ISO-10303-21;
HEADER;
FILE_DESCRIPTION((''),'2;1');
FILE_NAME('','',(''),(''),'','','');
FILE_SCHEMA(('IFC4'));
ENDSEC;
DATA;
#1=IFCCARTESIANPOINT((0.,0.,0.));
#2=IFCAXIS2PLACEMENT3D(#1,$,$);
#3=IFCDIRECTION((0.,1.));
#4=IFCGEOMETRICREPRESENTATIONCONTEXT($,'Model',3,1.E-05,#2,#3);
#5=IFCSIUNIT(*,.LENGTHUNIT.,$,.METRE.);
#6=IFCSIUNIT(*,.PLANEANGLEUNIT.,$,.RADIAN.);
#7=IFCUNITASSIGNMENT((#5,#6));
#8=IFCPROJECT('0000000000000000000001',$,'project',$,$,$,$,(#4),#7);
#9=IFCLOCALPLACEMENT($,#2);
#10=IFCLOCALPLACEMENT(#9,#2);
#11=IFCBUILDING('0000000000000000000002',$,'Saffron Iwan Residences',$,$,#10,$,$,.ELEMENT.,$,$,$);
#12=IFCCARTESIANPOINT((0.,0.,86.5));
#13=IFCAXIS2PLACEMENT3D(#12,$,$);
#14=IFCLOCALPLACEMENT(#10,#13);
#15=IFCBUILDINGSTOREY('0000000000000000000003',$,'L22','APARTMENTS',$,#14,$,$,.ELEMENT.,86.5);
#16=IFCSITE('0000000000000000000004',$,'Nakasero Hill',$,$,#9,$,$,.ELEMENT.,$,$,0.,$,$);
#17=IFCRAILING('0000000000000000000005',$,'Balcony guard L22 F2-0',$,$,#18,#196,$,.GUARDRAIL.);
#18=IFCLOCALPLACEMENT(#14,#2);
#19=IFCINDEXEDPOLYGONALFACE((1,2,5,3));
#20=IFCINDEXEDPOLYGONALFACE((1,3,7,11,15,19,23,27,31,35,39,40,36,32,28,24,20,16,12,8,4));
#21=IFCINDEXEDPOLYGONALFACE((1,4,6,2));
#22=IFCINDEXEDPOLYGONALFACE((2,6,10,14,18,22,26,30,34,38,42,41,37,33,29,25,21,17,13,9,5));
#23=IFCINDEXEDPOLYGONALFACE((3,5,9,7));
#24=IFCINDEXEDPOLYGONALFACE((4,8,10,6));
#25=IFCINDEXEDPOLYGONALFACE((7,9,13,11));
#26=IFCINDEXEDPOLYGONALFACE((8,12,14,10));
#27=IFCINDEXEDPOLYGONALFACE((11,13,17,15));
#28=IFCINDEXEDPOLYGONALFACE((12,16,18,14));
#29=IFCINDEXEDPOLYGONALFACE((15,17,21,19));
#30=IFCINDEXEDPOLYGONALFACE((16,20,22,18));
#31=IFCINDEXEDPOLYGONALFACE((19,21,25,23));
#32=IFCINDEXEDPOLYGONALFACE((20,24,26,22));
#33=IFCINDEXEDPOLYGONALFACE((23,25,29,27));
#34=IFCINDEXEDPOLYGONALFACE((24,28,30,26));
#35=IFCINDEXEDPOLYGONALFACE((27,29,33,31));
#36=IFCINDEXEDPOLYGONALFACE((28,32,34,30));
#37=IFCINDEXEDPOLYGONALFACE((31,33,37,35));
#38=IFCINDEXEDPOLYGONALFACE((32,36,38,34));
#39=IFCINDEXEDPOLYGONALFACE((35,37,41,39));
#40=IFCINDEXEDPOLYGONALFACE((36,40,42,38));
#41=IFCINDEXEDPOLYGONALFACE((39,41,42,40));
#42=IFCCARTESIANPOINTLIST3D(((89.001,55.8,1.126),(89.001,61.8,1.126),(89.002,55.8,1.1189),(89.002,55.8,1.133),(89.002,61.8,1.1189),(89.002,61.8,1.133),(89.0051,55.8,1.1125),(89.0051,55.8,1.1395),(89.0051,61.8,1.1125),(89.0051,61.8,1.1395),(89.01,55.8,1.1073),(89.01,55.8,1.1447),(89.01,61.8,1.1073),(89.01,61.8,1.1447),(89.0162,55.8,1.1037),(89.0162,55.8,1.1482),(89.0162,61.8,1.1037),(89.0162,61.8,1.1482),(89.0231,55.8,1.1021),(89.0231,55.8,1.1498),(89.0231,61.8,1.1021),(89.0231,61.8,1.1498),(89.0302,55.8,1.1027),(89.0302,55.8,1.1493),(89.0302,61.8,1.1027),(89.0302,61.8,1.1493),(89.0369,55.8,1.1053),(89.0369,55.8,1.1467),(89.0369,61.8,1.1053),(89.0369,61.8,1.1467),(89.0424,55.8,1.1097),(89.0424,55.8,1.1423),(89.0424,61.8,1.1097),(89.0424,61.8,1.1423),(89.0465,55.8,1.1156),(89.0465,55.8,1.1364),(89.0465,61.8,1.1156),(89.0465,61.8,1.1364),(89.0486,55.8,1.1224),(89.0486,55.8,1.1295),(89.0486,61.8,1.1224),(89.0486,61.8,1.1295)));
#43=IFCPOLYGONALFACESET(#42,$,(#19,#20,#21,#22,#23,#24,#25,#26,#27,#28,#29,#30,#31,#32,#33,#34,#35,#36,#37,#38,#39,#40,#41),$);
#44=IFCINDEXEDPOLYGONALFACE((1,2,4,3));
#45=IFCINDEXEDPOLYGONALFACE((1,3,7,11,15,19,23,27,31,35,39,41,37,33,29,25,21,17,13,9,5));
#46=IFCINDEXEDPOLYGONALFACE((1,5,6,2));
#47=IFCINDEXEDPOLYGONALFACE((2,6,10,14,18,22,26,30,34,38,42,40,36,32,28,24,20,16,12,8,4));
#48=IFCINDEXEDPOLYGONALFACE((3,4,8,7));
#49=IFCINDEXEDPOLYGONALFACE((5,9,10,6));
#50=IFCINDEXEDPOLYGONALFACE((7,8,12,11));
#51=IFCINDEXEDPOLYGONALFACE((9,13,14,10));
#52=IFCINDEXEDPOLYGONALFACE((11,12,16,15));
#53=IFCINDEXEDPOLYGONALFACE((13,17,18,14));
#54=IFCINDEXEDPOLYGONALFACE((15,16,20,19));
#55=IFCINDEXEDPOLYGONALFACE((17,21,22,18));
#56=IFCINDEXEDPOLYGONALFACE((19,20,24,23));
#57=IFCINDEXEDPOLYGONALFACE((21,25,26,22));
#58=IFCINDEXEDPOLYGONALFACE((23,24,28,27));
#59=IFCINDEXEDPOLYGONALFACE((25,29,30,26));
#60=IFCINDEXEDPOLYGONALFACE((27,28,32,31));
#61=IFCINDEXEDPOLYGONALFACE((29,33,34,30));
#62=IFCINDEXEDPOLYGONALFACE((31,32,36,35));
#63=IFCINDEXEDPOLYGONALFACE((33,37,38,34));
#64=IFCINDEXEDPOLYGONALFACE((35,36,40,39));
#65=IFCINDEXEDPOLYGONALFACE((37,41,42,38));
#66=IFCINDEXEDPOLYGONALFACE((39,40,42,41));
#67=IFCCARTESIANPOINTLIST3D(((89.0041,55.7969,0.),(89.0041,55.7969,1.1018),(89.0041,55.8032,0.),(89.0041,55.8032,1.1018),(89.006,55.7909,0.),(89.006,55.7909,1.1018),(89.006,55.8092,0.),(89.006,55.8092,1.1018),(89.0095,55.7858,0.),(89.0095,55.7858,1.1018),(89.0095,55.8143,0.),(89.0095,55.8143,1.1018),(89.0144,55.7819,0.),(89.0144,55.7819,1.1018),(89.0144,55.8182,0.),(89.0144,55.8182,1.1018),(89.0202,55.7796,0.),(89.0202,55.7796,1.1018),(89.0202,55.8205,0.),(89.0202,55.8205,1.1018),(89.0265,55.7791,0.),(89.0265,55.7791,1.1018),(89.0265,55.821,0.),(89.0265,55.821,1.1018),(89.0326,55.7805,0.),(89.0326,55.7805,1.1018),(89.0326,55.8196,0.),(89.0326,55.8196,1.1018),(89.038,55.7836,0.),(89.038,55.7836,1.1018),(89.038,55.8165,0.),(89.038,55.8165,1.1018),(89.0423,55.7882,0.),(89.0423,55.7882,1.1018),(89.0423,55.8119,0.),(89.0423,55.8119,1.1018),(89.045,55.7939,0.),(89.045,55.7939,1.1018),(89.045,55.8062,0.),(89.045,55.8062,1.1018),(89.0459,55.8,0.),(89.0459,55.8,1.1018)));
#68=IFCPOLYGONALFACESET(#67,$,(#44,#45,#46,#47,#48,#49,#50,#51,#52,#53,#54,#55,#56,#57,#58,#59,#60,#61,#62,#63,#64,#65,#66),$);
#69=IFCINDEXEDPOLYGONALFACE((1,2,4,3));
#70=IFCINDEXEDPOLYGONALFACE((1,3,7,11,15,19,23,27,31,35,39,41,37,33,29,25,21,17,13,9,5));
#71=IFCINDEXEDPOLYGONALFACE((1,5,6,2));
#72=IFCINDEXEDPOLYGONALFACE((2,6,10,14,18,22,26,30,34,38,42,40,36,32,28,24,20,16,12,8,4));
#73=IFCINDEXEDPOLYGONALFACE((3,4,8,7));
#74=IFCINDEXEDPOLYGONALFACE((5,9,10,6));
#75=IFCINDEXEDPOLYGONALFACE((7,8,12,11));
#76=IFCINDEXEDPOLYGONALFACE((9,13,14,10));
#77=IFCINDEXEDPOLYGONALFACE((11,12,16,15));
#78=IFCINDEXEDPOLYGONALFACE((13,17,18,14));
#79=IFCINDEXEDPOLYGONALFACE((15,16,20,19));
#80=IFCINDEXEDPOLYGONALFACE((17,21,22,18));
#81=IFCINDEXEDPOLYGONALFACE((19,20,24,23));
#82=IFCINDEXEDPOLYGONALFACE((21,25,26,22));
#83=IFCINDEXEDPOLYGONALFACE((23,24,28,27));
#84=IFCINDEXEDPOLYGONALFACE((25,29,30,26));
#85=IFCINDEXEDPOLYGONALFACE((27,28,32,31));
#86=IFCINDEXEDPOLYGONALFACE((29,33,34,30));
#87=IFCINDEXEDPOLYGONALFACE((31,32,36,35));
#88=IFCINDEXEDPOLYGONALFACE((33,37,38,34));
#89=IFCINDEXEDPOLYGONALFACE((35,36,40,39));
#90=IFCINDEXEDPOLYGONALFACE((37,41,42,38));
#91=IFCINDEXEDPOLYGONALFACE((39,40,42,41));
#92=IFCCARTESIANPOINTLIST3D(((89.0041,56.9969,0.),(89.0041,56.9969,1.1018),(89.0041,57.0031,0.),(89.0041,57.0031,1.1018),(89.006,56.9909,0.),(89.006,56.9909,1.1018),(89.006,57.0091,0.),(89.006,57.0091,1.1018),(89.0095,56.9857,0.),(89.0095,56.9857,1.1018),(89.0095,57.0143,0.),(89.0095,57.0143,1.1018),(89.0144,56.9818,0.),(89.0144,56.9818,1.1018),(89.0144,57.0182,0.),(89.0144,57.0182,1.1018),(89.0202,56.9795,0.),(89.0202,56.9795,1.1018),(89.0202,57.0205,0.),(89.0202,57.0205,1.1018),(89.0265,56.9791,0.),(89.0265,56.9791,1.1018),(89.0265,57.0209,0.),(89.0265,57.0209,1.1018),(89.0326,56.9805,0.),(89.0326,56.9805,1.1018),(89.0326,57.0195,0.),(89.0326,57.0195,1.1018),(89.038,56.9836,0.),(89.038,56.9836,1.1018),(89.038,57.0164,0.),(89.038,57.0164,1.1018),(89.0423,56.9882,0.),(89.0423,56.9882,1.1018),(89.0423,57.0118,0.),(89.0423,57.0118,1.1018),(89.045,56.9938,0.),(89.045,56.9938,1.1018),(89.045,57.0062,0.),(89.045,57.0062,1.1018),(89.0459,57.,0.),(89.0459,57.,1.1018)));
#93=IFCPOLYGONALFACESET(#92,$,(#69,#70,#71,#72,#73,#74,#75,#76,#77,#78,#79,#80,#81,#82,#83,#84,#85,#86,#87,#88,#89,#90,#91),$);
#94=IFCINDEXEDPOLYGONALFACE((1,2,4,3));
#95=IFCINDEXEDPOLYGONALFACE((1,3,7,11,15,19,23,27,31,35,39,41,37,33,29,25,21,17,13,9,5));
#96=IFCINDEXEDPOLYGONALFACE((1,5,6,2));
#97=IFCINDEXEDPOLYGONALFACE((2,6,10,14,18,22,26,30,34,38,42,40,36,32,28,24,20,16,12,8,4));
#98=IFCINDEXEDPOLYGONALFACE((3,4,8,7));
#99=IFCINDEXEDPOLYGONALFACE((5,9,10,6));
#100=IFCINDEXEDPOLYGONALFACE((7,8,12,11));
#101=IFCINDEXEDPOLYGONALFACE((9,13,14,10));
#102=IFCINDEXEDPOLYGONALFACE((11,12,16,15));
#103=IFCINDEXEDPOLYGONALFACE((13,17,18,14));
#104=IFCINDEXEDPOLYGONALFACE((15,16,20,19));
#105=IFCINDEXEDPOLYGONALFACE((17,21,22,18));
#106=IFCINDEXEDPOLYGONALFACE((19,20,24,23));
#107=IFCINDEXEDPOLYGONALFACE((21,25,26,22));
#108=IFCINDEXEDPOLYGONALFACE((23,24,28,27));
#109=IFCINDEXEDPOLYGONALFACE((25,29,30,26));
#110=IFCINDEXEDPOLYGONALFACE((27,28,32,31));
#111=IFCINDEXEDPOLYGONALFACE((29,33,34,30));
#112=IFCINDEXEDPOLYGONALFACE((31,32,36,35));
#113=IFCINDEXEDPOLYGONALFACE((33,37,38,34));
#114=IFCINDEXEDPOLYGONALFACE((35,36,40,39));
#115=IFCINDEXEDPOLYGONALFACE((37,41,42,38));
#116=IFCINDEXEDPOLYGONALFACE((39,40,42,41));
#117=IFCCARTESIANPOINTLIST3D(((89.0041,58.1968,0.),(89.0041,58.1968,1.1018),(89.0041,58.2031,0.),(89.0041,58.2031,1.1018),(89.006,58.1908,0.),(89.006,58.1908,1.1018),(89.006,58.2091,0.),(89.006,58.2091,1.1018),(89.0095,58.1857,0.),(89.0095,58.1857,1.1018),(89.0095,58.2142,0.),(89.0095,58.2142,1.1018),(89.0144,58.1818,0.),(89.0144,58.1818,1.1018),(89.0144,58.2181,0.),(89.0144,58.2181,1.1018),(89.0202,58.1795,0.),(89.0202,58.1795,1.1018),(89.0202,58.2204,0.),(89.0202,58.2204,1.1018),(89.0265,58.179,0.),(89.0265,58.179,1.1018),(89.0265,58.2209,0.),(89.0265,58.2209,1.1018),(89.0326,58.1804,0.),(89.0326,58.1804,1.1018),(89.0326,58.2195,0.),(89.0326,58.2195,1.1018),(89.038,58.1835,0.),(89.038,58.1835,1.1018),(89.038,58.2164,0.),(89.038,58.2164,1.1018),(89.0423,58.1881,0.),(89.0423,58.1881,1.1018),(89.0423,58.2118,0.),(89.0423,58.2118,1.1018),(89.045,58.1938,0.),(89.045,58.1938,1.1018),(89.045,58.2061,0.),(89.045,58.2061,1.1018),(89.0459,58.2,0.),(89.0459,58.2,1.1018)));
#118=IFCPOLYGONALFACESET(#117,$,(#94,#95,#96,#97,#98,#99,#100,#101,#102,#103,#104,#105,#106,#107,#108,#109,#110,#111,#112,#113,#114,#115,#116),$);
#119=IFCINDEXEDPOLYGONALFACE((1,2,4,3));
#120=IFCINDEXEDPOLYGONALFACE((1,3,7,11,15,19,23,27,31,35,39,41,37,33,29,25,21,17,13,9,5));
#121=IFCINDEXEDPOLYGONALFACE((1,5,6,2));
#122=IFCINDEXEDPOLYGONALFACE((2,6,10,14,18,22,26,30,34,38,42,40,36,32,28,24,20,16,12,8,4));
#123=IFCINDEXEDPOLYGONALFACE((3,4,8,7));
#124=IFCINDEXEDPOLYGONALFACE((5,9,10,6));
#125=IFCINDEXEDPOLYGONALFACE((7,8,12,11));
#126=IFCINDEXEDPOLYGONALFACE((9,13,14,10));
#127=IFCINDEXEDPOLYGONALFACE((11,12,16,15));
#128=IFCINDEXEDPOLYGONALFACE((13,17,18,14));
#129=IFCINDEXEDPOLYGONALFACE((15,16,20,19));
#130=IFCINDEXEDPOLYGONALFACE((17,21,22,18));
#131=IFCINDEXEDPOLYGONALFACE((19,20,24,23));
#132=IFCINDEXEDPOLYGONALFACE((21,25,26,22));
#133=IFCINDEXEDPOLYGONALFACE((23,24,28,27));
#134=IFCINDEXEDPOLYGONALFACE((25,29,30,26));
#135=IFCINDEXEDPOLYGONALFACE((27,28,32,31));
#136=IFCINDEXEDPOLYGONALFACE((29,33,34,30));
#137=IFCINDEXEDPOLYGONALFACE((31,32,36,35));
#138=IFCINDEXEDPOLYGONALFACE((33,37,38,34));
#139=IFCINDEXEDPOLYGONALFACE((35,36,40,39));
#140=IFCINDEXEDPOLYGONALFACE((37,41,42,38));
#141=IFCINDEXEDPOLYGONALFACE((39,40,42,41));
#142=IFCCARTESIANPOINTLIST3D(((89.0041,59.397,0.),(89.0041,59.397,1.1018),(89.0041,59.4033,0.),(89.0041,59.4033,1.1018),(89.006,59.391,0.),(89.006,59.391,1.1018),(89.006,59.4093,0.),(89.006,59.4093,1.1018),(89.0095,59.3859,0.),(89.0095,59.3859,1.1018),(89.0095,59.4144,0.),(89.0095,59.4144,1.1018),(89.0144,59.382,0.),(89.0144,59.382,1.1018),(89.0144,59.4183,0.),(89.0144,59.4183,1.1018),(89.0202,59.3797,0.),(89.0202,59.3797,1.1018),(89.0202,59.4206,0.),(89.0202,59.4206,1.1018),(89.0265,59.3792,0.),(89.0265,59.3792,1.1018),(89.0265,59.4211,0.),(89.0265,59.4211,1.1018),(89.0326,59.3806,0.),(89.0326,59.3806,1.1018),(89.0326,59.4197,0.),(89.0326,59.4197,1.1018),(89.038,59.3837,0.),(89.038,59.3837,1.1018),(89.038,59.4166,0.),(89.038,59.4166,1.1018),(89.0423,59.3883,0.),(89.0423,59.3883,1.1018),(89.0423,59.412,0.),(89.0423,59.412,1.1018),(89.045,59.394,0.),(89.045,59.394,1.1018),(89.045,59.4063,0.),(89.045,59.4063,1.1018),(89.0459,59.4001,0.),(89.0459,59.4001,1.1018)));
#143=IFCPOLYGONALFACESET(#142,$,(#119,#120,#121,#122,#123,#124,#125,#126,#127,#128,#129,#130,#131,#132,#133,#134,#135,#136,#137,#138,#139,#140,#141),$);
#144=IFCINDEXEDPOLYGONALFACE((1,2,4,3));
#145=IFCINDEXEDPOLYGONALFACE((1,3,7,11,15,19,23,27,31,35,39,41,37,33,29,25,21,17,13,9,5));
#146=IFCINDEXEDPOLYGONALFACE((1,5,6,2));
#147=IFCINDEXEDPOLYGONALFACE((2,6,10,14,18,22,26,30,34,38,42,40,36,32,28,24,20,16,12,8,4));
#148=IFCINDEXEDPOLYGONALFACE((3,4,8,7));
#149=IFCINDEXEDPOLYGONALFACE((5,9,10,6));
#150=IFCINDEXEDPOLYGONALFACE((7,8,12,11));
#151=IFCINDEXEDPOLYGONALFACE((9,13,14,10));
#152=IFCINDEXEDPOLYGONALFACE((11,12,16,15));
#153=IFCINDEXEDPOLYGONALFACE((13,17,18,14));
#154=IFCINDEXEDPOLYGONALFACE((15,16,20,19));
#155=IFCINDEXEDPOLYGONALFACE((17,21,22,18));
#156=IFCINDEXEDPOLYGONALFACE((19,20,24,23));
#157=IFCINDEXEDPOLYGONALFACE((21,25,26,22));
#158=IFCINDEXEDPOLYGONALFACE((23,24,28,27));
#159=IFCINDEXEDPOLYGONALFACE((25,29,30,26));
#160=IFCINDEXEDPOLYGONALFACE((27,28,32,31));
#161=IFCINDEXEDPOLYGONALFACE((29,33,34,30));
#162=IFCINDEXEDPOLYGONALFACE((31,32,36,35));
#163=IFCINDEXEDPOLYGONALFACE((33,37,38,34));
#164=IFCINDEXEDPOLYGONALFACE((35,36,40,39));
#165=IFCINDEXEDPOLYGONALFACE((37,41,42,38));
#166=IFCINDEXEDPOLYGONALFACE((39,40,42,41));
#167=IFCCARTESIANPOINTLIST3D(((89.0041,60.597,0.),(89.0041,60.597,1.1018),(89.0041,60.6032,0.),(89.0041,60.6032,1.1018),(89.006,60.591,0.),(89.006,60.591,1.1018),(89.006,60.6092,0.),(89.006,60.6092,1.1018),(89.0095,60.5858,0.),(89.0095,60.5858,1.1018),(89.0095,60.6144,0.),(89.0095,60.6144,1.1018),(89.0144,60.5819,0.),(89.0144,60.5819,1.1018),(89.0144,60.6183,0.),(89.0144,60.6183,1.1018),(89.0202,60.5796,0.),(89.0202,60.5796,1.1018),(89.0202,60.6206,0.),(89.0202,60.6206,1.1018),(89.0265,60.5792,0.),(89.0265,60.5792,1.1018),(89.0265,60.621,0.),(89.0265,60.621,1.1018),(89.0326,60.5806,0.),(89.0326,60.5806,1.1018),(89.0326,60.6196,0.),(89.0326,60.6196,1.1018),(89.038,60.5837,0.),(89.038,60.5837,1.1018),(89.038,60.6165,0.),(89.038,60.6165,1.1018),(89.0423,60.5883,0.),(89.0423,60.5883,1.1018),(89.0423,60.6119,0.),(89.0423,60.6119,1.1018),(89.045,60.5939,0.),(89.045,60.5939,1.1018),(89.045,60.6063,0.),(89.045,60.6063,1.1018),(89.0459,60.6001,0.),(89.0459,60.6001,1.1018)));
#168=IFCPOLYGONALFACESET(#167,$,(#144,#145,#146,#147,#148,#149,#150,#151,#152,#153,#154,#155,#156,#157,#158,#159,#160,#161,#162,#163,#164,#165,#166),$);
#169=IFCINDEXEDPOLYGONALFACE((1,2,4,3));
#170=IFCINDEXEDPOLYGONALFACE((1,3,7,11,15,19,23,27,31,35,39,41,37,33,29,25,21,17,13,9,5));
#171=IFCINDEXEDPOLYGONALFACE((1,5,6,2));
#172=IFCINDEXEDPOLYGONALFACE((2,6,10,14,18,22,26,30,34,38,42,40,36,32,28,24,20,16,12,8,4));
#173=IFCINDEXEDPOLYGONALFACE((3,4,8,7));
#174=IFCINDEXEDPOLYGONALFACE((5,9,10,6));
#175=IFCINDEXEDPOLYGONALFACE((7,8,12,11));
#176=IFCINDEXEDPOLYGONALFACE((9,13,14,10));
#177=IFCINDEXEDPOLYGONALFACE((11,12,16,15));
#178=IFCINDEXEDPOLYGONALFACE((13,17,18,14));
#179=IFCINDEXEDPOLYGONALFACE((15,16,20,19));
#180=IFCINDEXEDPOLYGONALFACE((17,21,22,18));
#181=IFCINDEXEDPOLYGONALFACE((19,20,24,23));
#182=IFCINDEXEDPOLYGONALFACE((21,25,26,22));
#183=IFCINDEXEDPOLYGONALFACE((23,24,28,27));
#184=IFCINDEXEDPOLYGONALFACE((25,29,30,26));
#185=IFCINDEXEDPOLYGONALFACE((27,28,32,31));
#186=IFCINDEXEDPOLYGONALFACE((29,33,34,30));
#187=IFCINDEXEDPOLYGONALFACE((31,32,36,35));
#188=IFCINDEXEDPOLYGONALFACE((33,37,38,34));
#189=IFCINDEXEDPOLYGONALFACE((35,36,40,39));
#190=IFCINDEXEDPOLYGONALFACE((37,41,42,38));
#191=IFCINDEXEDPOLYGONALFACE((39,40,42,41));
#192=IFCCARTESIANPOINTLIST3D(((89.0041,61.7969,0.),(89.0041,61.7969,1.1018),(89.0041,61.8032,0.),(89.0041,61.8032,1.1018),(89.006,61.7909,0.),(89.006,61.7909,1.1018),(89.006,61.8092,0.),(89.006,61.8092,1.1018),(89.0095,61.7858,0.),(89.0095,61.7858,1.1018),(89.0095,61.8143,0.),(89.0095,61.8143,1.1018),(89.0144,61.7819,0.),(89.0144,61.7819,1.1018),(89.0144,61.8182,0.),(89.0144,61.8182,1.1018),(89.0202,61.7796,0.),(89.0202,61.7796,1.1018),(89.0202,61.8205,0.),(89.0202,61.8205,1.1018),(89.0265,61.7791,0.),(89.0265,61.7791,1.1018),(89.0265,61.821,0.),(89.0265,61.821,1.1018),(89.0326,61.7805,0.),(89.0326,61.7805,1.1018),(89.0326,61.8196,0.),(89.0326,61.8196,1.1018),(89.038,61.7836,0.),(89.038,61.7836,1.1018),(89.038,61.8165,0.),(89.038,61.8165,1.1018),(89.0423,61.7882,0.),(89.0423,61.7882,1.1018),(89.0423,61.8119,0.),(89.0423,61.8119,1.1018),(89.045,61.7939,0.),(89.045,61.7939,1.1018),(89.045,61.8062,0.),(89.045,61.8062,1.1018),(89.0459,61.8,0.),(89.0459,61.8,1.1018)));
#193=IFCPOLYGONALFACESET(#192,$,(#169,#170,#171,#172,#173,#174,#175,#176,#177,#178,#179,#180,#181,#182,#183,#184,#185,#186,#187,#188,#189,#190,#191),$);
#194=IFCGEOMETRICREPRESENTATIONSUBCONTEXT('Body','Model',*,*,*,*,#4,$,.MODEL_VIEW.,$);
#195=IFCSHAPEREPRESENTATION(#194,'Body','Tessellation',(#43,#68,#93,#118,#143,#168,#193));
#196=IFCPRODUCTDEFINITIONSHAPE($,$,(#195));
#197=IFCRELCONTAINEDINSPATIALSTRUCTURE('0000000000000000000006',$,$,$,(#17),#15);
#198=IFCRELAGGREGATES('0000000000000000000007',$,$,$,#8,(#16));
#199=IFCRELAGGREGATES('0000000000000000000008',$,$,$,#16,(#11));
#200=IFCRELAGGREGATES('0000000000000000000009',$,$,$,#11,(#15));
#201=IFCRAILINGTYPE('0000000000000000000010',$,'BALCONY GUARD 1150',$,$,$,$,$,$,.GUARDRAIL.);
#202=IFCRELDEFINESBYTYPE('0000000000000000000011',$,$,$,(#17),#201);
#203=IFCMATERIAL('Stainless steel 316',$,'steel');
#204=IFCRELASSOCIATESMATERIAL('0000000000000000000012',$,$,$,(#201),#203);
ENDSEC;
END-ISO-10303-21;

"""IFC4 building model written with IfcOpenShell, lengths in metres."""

from ifc_helpers import new_model, si_unit, direction, frame, origin, origin_2d, place, context, subcontext, project, spatial, circle, extrude, material, type_object, element, save


model = new_model("IFC4")

# Units and contexts
model_context = context("Model", 3, precision=1e-05, world=origin(), true_north=direction((0.0, 1.0)))
body_context = subcontext(model_context, "Body", "Model", "MODEL_VIEW")
ifc_project = project(units=[si_unit("LENGTHUNIT", "METRE"), si_unit("PLANEANGLEUNIT", "RADIAN")], contexts=[model_context])

# Site, building, storey
site_placement = place(None, origin())
site = spatial("IfcSite", under=ifc_project, at=site_placement, Name="Nakasero Hill", CompositionType="ELEMENT", RefElevation=0.0)
building_placement = place(site_placement, origin())
building = spatial("IfcBuilding", under=site, at=building_placement, Name="Saffron Iwan Residences", CompositionType="ELEMENT")
storey_placement = place(building_placement, frame((0.0, 0.0, 86.5)))
storey = spatial("IfcBuildingStorey", under=building, at=storey_placement, Name="L22", Description="APARTMENTS", CompositionType="ELEMENT", Elevation=86.5)

# Railing
ifc_material_1 = material(Name="Stainless steel 316", Category="steel")
railing_type = type_object("IfcRailingType", Name="BALCONY GUARD 1150", PredefinedType="GUARDRAIL", material=ifc_material_1)
railing_placement = place(storey_placement, frame((89.0249, 55.8, 0.0)))
element("IfcRailing", 1, at=railing_placement, inside=storey, type_object=railing_type, Name="Balcony guard L22 F2-0", PredefinedType="GUARDRAIL", context=body_context, shape_type="SweptSolid", body=[
    extrude(circle(Radius=0.0239, at=origin_2d()), frame((0.0, 0.0, 1.126), z_axis=(0.0, 1.0, 0.0), x_axis=(-1.0, 0.0, 0.0)), (0.0, 0.0, 1.0), 6.0),
    extrude(circle(Radius=0.021, at=origin_2d()), origin(), (0.0, 0.0, 1.0), 1.1018),
    extrude(circle(Radius=0.021, at=origin_2d()), frame((0.0, 1.2, 0.0)), (0.0, 0.0, 1.0), 1.1018),
    extrude(circle(Radius=0.021, at=origin_2d()), frame((0.0, 2.3999, 0.0)), (0.0, 0.0, 1.0), 1.1018),
    extrude(circle(Radius=0.021, at=origin_2d()), frame((0.0, 3.6001, 0.0)), (0.0, 0.0, 1.0), 1.1018),
    extrude(circle(Radius=0.021, at=origin_2d()), frame((0.0, 4.8, 0.0)), (0.0, 0.0, 1.0), 1.1018),
    extrude(circle(Radius=0.021, at=origin_2d()), frame((0.0, 6.0, 0.0)), (0.0, 0.0, 1.0), 1.1018),
])

save(model, "model.ifc")
